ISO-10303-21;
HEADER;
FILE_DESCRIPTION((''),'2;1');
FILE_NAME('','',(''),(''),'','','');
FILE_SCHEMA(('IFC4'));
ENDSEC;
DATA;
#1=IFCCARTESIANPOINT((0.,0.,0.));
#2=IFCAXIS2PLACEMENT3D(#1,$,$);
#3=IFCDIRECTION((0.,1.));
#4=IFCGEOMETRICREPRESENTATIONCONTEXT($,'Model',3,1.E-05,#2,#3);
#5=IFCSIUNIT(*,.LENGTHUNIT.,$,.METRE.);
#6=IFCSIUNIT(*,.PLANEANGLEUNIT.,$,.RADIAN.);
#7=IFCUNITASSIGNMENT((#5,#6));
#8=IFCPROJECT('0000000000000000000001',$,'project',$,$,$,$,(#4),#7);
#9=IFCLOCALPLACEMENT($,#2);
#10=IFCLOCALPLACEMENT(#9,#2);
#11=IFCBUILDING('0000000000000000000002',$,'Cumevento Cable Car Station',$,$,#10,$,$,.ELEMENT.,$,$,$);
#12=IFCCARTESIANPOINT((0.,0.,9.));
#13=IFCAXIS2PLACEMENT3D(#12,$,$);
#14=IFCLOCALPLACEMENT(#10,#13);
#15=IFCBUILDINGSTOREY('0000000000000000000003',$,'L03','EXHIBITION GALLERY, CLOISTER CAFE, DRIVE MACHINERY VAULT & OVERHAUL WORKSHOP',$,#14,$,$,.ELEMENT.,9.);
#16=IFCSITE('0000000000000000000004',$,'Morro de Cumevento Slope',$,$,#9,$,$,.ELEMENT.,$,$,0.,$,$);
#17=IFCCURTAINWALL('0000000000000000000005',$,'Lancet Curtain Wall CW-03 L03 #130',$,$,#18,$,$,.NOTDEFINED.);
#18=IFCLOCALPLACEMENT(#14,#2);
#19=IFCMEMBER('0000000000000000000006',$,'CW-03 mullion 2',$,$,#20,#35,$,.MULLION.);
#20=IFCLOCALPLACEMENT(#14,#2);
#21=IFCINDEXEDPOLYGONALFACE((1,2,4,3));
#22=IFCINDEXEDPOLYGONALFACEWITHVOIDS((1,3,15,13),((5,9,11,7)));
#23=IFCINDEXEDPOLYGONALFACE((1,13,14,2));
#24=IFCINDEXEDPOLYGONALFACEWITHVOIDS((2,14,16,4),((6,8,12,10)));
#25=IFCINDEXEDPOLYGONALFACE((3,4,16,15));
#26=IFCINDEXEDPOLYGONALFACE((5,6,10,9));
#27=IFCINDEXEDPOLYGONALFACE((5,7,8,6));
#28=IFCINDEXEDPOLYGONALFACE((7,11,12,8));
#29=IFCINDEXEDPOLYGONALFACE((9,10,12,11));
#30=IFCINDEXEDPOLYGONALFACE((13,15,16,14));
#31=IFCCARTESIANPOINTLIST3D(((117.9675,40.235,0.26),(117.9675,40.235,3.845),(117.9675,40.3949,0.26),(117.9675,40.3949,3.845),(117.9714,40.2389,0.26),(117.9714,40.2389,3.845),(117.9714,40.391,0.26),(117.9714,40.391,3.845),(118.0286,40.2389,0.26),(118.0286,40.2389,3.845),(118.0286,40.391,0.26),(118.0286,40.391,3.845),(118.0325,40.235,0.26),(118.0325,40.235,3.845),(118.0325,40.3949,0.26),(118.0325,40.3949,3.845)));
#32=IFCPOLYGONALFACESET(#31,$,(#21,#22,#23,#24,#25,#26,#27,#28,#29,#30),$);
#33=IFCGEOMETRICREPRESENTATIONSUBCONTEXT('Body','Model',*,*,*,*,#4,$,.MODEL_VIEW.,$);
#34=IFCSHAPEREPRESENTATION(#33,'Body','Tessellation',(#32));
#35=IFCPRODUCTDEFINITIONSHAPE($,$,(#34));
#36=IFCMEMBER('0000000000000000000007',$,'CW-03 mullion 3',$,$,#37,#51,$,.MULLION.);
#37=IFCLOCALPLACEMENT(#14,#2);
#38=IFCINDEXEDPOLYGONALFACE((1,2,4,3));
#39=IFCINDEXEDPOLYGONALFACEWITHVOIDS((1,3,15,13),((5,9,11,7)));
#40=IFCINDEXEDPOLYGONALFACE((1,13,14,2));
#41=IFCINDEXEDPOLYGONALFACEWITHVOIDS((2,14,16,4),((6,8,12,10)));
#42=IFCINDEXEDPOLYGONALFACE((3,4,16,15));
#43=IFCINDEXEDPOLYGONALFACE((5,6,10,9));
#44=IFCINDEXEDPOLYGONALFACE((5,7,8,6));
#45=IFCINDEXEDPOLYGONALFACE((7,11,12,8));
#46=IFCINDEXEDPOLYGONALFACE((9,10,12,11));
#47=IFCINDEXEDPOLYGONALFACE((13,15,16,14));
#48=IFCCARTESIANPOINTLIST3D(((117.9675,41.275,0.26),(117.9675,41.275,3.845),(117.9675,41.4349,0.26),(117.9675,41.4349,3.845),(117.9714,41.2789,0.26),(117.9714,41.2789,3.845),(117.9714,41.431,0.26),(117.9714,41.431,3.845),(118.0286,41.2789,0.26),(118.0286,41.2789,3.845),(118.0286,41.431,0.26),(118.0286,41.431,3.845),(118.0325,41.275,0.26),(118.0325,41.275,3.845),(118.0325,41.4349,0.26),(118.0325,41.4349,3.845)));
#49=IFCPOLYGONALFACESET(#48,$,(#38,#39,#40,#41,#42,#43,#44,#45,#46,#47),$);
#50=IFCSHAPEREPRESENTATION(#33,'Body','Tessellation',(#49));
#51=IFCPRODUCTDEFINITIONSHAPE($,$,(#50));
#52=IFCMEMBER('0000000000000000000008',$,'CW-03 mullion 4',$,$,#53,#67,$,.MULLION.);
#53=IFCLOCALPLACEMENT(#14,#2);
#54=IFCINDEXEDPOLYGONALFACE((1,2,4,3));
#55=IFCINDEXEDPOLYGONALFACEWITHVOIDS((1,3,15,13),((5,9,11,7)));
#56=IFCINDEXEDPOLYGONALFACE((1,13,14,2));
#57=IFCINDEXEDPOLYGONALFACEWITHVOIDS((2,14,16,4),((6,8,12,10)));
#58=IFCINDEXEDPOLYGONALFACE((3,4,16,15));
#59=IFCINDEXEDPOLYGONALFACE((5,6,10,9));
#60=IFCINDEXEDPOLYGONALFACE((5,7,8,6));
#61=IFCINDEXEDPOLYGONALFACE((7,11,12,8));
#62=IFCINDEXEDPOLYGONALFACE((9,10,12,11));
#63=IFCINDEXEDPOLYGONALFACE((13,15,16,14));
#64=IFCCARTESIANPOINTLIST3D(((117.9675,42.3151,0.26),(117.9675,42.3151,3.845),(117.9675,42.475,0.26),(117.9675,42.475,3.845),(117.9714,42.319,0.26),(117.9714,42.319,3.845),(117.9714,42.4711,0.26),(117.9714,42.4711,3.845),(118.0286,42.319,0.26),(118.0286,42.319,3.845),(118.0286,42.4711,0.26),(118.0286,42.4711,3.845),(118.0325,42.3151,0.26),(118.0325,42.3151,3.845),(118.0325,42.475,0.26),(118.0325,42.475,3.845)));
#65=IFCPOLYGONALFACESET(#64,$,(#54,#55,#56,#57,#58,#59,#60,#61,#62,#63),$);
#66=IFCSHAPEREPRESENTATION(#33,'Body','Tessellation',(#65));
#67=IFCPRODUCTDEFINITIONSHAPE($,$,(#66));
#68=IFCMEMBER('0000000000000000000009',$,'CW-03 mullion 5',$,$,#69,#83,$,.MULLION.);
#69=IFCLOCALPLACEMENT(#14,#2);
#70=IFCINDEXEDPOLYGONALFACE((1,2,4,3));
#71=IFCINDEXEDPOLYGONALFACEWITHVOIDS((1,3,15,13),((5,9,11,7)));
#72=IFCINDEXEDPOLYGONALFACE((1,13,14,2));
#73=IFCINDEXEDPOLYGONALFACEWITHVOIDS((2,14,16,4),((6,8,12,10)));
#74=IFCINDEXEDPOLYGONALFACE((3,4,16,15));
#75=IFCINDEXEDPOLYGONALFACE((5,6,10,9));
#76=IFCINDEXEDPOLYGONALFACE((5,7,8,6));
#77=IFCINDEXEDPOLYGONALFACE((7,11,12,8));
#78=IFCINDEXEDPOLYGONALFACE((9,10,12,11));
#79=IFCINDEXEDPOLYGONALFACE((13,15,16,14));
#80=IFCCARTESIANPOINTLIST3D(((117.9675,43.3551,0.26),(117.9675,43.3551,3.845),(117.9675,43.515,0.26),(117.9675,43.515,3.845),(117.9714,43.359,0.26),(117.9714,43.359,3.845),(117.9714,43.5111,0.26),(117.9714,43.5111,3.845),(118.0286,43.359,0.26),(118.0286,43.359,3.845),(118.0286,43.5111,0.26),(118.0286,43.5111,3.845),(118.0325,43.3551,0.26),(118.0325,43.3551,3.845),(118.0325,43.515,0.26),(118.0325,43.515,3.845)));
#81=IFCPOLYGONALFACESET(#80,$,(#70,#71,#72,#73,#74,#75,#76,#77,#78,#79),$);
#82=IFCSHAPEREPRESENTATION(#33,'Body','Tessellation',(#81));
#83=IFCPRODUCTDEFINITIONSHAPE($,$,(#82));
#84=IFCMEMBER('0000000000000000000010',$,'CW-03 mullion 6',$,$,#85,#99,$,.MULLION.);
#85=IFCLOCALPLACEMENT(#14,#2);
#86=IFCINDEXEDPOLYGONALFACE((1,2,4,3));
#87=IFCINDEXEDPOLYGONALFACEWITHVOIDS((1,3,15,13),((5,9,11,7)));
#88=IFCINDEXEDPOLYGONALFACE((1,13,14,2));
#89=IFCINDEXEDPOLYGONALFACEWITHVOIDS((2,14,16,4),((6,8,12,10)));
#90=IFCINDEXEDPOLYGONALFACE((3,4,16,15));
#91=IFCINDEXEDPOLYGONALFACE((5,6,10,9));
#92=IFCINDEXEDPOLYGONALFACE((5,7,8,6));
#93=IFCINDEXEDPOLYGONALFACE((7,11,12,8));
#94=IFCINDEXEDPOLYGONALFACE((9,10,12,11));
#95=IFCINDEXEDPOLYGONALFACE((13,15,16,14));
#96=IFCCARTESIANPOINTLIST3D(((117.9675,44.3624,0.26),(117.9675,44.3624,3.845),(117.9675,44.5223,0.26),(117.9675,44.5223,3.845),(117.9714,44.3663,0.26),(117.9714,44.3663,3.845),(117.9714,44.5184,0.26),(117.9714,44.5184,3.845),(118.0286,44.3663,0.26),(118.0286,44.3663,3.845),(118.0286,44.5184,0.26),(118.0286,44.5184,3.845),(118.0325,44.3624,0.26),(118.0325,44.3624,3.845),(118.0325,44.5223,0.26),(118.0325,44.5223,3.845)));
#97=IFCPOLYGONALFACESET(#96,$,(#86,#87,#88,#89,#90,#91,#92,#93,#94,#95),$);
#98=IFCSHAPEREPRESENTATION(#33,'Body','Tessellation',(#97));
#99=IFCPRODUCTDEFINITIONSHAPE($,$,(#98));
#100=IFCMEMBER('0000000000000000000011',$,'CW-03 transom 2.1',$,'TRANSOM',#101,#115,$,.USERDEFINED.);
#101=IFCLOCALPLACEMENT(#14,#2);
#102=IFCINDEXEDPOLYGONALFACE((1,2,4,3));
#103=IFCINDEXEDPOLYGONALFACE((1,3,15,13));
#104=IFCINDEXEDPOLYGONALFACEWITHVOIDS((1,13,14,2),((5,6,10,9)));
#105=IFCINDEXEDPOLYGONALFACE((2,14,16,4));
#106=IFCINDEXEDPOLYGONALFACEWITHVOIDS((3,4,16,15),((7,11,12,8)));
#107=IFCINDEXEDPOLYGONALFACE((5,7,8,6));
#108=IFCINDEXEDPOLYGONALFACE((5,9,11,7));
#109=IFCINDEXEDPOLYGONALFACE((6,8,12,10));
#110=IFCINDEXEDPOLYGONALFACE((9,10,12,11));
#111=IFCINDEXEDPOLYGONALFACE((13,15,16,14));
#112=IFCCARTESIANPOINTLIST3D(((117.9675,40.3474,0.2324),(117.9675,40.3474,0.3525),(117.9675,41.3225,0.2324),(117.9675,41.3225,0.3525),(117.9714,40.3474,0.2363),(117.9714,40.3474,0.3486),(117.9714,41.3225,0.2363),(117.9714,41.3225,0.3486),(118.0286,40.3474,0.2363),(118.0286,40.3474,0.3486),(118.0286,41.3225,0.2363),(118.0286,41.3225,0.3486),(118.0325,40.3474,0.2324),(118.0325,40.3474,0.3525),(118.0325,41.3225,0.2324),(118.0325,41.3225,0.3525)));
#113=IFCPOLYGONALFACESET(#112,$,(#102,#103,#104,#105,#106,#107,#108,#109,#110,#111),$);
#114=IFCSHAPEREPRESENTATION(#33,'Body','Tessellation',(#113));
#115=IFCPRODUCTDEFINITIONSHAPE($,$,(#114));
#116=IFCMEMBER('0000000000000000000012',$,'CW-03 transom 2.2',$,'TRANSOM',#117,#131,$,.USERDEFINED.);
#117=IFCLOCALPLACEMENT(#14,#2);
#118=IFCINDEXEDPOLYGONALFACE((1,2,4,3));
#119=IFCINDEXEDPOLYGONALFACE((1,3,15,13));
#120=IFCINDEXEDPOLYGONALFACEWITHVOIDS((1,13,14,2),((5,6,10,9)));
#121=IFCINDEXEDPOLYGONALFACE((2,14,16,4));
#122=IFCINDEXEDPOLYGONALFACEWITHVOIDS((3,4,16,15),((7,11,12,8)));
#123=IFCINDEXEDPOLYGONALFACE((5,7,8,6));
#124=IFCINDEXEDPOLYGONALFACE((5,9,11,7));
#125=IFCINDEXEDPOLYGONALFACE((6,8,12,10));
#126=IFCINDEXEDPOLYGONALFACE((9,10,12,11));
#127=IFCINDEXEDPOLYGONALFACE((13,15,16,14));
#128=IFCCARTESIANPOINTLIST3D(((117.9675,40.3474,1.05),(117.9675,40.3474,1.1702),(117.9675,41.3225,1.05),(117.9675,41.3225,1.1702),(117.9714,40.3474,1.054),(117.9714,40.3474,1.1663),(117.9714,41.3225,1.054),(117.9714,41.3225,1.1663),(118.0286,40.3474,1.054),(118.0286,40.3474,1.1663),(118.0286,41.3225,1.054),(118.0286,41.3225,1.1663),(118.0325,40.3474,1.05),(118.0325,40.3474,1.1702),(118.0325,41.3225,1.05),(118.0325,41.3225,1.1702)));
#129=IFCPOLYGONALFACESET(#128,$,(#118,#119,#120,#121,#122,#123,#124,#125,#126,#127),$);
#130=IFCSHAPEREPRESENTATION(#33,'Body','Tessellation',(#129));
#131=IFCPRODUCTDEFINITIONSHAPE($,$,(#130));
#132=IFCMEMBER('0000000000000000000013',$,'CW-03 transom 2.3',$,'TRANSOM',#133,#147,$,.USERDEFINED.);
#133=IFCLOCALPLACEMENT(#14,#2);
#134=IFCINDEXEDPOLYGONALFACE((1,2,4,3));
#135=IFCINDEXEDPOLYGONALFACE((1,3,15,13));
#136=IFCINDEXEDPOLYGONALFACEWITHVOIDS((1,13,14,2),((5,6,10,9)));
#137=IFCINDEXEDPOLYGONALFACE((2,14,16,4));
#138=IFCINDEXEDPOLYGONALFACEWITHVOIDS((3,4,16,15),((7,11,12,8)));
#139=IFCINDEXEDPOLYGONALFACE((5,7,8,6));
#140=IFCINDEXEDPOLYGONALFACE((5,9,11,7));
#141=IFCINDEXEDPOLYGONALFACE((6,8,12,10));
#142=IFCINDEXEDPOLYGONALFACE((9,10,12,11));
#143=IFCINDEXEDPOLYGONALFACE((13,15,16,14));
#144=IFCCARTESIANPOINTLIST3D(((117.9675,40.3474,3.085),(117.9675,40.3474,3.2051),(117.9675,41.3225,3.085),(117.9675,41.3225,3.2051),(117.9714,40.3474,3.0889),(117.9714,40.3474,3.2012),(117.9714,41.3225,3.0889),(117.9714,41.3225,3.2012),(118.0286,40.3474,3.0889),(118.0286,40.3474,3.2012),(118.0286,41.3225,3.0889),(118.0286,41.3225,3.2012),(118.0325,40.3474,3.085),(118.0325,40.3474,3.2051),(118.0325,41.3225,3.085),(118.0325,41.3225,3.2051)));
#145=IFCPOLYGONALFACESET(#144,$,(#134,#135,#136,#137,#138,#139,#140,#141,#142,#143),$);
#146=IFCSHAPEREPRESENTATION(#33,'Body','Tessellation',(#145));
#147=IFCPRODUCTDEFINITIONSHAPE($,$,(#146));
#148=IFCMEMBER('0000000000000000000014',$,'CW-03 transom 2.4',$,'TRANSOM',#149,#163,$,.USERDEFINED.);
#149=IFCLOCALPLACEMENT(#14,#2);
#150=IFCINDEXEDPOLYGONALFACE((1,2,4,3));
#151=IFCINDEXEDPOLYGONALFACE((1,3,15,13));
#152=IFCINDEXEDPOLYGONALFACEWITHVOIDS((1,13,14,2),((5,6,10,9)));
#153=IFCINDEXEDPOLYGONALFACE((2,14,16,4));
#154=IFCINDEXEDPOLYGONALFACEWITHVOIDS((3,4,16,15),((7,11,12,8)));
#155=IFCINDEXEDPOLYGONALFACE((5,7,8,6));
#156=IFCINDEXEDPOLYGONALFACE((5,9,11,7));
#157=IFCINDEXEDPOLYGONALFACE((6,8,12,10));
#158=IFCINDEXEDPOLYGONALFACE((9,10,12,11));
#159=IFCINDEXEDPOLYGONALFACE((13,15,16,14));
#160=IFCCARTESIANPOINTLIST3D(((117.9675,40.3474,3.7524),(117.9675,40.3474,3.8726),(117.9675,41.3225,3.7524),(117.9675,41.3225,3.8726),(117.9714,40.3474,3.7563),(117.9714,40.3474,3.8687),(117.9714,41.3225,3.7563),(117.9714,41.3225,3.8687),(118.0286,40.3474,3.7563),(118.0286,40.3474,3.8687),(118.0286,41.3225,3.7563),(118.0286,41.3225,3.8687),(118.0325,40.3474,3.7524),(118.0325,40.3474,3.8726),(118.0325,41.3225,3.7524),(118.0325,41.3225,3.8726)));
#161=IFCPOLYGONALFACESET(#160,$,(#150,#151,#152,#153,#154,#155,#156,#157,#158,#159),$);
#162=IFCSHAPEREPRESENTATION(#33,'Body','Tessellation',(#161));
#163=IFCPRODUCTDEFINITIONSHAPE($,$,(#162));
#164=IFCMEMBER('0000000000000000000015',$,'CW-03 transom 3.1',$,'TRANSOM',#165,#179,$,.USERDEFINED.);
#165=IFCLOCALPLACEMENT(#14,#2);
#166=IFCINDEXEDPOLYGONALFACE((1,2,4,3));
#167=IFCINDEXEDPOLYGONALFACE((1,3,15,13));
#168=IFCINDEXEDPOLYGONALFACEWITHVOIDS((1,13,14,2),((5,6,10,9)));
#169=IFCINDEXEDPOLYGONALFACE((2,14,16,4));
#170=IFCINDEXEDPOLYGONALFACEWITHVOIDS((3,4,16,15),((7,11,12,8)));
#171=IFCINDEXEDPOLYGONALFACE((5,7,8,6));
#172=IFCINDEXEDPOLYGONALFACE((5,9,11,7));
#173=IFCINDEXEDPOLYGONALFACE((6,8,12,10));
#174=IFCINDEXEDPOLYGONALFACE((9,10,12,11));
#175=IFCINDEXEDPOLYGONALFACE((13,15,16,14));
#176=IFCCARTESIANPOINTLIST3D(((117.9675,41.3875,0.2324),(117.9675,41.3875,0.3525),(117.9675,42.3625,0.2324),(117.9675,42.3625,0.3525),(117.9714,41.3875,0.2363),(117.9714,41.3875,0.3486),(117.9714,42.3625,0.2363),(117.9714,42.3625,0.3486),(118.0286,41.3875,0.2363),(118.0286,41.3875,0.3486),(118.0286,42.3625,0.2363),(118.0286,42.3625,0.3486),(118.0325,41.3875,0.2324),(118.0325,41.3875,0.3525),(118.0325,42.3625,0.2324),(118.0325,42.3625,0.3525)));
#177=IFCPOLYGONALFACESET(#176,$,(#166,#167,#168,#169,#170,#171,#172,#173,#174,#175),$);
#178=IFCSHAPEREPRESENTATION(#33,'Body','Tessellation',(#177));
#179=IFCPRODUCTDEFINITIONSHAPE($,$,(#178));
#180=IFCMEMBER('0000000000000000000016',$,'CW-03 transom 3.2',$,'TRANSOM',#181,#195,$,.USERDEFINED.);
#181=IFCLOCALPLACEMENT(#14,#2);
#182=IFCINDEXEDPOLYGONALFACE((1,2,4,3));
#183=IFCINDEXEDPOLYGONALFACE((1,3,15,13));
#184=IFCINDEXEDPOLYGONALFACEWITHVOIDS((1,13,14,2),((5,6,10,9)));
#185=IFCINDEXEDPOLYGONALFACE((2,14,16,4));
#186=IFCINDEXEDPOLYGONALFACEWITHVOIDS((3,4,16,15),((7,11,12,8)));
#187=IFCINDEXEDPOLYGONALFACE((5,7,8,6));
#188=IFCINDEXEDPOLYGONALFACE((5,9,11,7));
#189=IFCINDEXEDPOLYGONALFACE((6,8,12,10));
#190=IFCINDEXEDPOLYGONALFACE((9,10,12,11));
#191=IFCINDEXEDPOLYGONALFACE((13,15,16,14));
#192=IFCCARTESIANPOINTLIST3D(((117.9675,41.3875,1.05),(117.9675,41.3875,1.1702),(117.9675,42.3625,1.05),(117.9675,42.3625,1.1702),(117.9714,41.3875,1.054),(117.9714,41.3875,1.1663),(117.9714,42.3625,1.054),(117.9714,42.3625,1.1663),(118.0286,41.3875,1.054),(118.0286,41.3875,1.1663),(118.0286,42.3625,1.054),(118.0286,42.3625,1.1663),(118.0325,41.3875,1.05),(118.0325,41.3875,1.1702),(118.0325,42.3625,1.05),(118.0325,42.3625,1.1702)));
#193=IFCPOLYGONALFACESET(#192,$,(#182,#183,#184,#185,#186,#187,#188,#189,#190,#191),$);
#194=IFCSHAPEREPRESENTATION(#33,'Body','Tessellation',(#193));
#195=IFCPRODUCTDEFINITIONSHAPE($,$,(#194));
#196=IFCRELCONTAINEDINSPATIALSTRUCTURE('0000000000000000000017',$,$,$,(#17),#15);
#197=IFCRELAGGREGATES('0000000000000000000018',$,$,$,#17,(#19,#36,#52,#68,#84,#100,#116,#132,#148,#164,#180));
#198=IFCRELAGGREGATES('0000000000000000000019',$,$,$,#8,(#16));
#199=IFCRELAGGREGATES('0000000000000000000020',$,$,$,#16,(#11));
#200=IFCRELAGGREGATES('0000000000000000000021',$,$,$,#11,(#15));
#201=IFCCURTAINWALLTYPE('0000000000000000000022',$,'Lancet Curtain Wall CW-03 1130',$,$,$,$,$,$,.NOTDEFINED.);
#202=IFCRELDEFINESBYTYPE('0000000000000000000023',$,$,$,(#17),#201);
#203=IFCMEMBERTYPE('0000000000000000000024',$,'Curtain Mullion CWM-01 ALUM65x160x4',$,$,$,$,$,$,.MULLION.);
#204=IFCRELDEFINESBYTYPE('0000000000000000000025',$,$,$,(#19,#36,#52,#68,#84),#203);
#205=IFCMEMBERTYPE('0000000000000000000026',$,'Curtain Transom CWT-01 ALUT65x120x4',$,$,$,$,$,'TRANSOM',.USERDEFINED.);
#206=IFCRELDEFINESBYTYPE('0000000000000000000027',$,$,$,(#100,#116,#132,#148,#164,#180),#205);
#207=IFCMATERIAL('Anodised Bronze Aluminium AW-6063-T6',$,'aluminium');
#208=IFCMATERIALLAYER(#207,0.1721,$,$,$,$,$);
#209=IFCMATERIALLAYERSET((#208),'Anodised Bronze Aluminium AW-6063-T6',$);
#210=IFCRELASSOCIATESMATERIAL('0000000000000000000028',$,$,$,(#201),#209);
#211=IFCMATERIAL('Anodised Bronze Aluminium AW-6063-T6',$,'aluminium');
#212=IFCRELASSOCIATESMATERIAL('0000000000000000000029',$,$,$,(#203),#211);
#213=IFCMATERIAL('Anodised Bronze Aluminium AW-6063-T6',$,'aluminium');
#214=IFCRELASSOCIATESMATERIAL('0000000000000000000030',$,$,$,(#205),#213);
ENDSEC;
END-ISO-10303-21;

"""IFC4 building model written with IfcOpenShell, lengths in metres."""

from ifc_helpers import new_model, si_unit, direction, frame, origin, origin_2d, place, context, subcontext, project, spatial, hollow_rectangle, extrude, material, layer, layer_set, material_profile, profile_set, type_object, element, aggregate, save


model = new_model("IFC4")

# Units and contexts
model_context = context("Model", 3, precision=1e-05, world=origin(), true_north=direction((0.0, 1.0)))
body_context = subcontext(model_context, "Body", "Model", "MODEL_VIEW")
ifc_project = project(units=[si_unit("LENGTHUNIT", "METRE"), si_unit("PLANEANGLEUNIT", "RADIAN")], contexts=[model_context])

# Site, building, storey
site_placement = place(None, origin())
site = spatial("IfcSite", under=ifc_project, at=site_placement, Name="Morro de Cumevento Slope", CompositionType="ELEMENT", RefElevation=0.0)
building_placement = place(site_placement, origin())
building = spatial("IfcBuilding", under=site, at=building_placement, Name="Cumevento Cable Car Station", CompositionType="ELEMENT")
storey_placement = place(building_placement, frame((0.0, 0.0, 9.0)))
storey = spatial("IfcBuildingStorey", under=building, at=storey_placement, Name="L03", Description="EXHIBITION GALLERY, CLOISTER CAFE, DRIVE MACHINERY VAULT & OVERHAUL WORKSHOP", CompositionType="ELEMENT", Elevation=9.0)

# Curtain wall, members
ifc_material_1 = material(Name="Anodised Bronze Aluminium AW-6063-T6", Category="aluminium")
ifc_layer_1 = layer(ifc_material_1, 0.1721)
ifc_layer_set_1 = layer_set([ifc_layer_1], Name="Anodised Bronze Aluminium AW-6063-T6")
curtain_wall_type = type_object("IfcCurtainWallType", Name="Lancet Curtain Wall CW-03 1130", PredefinedType="NOTDEFINED", material=ifc_layer_set_1)
curtain_wall_placement = place(storey_placement, origin())
curtain_wall = element("IfcCurtainWall", 1, at=curtain_wall_placement, inside=storey, type_object=curtain_wall_type, Name="Lancet Curtain Wall CW-03 L03 #130", PredefinedType="NOTDEFINED")
ifc_material_2 = material(Name="Anodised Bronze Aluminium AW-6063-T6", Category="aluminium")
ifc_material_profile_1 = material_profile(ifc_material_2, hollow_rectangle(XDim=0.0649, YDim=0.1599, WallThickness=0.0039, at=origin_2d()), Name="ALUM65x160x4")
ifc_profile_set_1 = profile_set([ifc_material_profile_1], Name="Anodised Bronze Aluminium AW-6063-T6")
member_type_1 = type_object("IfcMemberType", Name="Curtain Mullion CWM-01 ALUM65x160x4", PredefinedType="MULLION", material=ifc_profile_set_1)
member_1_placement = place(storey_placement, frame((118.0, 40.3149, 0.26), z_axis=(0.0, 0.0, 1.0), x_axis=(-1.0, 0.0, 0.0)))
member_1 = element("IfcMember", 2, at=member_1_placement, type_object=member_type_1, Name="CW-03 mullion 2", PredefinedType="MULLION", context=body_context, shape_type="SweptSolid", body=[
    extrude(hollow_rectangle(XDim=0.0649, YDim=0.1599, WallThickness=0.0039, at=origin_2d()), origin(), (0.0, 0.0, 1.0), 3.585),
])
member_2_placement = place(storey_placement, frame((118.0, 41.355, 0.26), z_axis=(0.0, 0.0, 1.0), x_axis=(-1.0, 0.0, 0.0)))
member_2 = element("IfcMember", 3, at=member_2_placement, type_object=member_type_1, Name="CW-03 mullion 3", PredefinedType="MULLION", context=body_context, shape_type="SweptSolid", body=[
    extrude(hollow_rectangle(XDim=0.0649, YDim=0.1599, WallThickness=0.0039, at=origin_2d()), origin(), (0.0, 0.0, 1.0), 3.585),
])
member_3_placement = place(storey_placement, frame((118.0, 42.395, 0.26), z_axis=(0.0, 0.0, 1.0), x_axis=(-1.0, 0.0, 0.0)))
member_3 = element("IfcMember", 4, at=member_3_placement, type_object=member_type_1, Name="CW-03 mullion 4", PredefinedType="MULLION", context=body_context, shape_type="SweptSolid", body=[
    extrude(hollow_rectangle(XDim=0.0649, YDim=0.1599, WallThickness=0.0039, at=origin_2d()), origin(), (0.0, 0.0, 1.0), 3.585),
])
member_4_placement = place(storey_placement, frame((118.0, 43.4351, 0.26), z_axis=(0.0, 0.0, 1.0), x_axis=(-1.0, 0.0, 0.0)))
member_4 = element("IfcMember", 5, at=member_4_placement, type_object=member_type_1, Name="CW-03 mullion 5", PredefinedType="MULLION", context=body_context, shape_type="SweptSolid", body=[
    extrude(hollow_rectangle(XDim=0.0649, YDim=0.1599, WallThickness=0.0039, at=origin_2d()), origin(), (0.0, 0.0, 1.0), 3.585),
])
member_5_placement = place(storey_placement, frame((118.0, 44.4424, 0.26), z_axis=(0.0, 0.0, 1.0), x_axis=(-1.0, 0.0, 0.0)))
member_5 = element("IfcMember", 6, at=member_5_placement, type_object=member_type_1, Name="CW-03 mullion 6", PredefinedType="MULLION", context=body_context, shape_type="SweptSolid", body=[
    extrude(hollow_rectangle(XDim=0.0649, YDim=0.1599, WallThickness=0.0039, at=origin_2d()), origin(), (0.0, 0.0, 1.0), 3.585),
])
ifc_material_3 = material(Name="Anodised Bronze Aluminium AW-6063-T6", Category="aluminium")
ifc_material_profile_2 = material_profile(ifc_material_3, hollow_rectangle(XDim=0.0649, YDim=0.1201, WallThickness=0.0039, at=origin_2d()), Name="ALUT65x120x4")
ifc_profile_set_2 = profile_set([ifc_material_profile_2], Name="Anodised Bronze Aluminium AW-6063-T6")
member_type_2 = type_object("IfcMemberType", Name="Curtain Transom CWT-01 ALUT65x120x4", ElementType="TRANSOM", PredefinedType="USERDEFINED", material=ifc_profile_set_2)
member_6_placement = place(storey_placement, frame((118.0, 40.3474, 0.2925), z_axis=(0.0, 1.0, 0.0), x_axis=(-1.0, 0.0, 0.0)))
member_6 = element("IfcMember", 7, at=member_6_placement, type_object=member_type_2, Name="CW-03 transom 2.1", ObjectType="TRANSOM", PredefinedType="USERDEFINED", context=body_context, shape_type="SweptSolid", body=[
    extrude(hollow_rectangle(XDim=0.0649, YDim=0.1201, WallThickness=0.0039, at=origin_2d()), origin(), (0.0, 0.0, 1.0), 0.9751),
])
member_7_placement = place(storey_placement, frame((118.0, 40.3474, 1.1101), z_axis=(0.0, 1.0, 0.0), x_axis=(-1.0, 0.0, 0.0)))
member_7 = element("IfcMember", 8, at=member_7_placement, type_object=member_type_2, Name="CW-03 transom 2.2", ObjectType="TRANSOM", PredefinedType="USERDEFINED", context=body_context, shape_type="SweptSolid", body=[
    extrude(hollow_rectangle(XDim=0.0649, YDim=0.1201, WallThickness=0.0039, at=origin_2d()), origin(), (0.0, 0.0, 1.0), 0.9751),
])
member_8_placement = place(storey_placement, frame((118.0, 40.3474, 3.145), z_axis=(0.0, 1.0, 0.0), x_axis=(-1.0, 0.0, 0.0)))
member_8 = element("IfcMember", 9, at=member_8_placement, type_object=member_type_2, Name="CW-03 transom 2.3", ObjectType="TRANSOM", PredefinedType="USERDEFINED", context=body_context, shape_type="SweptSolid", body=[
    extrude(hollow_rectangle(XDim=0.0649, YDim=0.1201, WallThickness=0.0039, at=origin_2d()), origin(), (0.0, 0.0, 1.0), 0.9751),
])
member_9_placement = place(storey_placement, frame((118.0, 40.3474, 3.8125), z_axis=(0.0, 1.0, 0.0), x_axis=(-1.0, 0.0, 0.0)))
member_9 = element("IfcMember", 10, at=member_9_placement, type_object=member_type_2, Name="CW-03 transom 2.4", ObjectType="TRANSOM", PredefinedType="USERDEFINED", context=body_context, shape_type="SweptSolid", body=[
    extrude(hollow_rectangle(XDim=0.0649, YDim=0.1201, WallThickness=0.0039, at=origin_2d()), origin(), (0.0, 0.0, 1.0), 0.9751),
])
member_10_placement = place(storey_placement, frame((118.0, 41.3875, 0.2925), z_axis=(0.0, 1.0, 0.0), x_axis=(-1.0, 0.0, 0.0)))
member_10 = element("IfcMember", 11, at=member_10_placement, type_object=member_type_2, Name="CW-03 transom 3.1", ObjectType="TRANSOM", PredefinedType="USERDEFINED", context=body_context, shape_type="SweptSolid", body=[
    extrude(hollow_rectangle(XDim=0.0649, YDim=0.1201, WallThickness=0.0039, at=origin_2d()), origin(), (0.0, 0.0, 1.0), 0.9751),
])
member_11_placement = place(storey_placement, frame((118.0, 41.3875, 1.1101), z_axis=(0.0, 1.0, 0.0), x_axis=(-1.0, 0.0, 0.0)))
member_11 = element("IfcMember", 12, at=member_11_placement, type_object=member_type_2, Name="CW-03 transom 3.2", ObjectType="TRANSOM", PredefinedType="USERDEFINED", context=body_context, shape_type="SweptSolid", body=[
    extrude(hollow_rectangle(XDim=0.0649, YDim=0.1201, WallThickness=0.0039, at=origin_2d()), origin(), (0.0, 0.0, 1.0), 0.9751),
])
aggregate(curtain_wall, [member_1, member_2, member_3, member_4, member_5, member_6, member_7, member_8, member_9, member_10, member_11])

save(model, "model.ifc")
